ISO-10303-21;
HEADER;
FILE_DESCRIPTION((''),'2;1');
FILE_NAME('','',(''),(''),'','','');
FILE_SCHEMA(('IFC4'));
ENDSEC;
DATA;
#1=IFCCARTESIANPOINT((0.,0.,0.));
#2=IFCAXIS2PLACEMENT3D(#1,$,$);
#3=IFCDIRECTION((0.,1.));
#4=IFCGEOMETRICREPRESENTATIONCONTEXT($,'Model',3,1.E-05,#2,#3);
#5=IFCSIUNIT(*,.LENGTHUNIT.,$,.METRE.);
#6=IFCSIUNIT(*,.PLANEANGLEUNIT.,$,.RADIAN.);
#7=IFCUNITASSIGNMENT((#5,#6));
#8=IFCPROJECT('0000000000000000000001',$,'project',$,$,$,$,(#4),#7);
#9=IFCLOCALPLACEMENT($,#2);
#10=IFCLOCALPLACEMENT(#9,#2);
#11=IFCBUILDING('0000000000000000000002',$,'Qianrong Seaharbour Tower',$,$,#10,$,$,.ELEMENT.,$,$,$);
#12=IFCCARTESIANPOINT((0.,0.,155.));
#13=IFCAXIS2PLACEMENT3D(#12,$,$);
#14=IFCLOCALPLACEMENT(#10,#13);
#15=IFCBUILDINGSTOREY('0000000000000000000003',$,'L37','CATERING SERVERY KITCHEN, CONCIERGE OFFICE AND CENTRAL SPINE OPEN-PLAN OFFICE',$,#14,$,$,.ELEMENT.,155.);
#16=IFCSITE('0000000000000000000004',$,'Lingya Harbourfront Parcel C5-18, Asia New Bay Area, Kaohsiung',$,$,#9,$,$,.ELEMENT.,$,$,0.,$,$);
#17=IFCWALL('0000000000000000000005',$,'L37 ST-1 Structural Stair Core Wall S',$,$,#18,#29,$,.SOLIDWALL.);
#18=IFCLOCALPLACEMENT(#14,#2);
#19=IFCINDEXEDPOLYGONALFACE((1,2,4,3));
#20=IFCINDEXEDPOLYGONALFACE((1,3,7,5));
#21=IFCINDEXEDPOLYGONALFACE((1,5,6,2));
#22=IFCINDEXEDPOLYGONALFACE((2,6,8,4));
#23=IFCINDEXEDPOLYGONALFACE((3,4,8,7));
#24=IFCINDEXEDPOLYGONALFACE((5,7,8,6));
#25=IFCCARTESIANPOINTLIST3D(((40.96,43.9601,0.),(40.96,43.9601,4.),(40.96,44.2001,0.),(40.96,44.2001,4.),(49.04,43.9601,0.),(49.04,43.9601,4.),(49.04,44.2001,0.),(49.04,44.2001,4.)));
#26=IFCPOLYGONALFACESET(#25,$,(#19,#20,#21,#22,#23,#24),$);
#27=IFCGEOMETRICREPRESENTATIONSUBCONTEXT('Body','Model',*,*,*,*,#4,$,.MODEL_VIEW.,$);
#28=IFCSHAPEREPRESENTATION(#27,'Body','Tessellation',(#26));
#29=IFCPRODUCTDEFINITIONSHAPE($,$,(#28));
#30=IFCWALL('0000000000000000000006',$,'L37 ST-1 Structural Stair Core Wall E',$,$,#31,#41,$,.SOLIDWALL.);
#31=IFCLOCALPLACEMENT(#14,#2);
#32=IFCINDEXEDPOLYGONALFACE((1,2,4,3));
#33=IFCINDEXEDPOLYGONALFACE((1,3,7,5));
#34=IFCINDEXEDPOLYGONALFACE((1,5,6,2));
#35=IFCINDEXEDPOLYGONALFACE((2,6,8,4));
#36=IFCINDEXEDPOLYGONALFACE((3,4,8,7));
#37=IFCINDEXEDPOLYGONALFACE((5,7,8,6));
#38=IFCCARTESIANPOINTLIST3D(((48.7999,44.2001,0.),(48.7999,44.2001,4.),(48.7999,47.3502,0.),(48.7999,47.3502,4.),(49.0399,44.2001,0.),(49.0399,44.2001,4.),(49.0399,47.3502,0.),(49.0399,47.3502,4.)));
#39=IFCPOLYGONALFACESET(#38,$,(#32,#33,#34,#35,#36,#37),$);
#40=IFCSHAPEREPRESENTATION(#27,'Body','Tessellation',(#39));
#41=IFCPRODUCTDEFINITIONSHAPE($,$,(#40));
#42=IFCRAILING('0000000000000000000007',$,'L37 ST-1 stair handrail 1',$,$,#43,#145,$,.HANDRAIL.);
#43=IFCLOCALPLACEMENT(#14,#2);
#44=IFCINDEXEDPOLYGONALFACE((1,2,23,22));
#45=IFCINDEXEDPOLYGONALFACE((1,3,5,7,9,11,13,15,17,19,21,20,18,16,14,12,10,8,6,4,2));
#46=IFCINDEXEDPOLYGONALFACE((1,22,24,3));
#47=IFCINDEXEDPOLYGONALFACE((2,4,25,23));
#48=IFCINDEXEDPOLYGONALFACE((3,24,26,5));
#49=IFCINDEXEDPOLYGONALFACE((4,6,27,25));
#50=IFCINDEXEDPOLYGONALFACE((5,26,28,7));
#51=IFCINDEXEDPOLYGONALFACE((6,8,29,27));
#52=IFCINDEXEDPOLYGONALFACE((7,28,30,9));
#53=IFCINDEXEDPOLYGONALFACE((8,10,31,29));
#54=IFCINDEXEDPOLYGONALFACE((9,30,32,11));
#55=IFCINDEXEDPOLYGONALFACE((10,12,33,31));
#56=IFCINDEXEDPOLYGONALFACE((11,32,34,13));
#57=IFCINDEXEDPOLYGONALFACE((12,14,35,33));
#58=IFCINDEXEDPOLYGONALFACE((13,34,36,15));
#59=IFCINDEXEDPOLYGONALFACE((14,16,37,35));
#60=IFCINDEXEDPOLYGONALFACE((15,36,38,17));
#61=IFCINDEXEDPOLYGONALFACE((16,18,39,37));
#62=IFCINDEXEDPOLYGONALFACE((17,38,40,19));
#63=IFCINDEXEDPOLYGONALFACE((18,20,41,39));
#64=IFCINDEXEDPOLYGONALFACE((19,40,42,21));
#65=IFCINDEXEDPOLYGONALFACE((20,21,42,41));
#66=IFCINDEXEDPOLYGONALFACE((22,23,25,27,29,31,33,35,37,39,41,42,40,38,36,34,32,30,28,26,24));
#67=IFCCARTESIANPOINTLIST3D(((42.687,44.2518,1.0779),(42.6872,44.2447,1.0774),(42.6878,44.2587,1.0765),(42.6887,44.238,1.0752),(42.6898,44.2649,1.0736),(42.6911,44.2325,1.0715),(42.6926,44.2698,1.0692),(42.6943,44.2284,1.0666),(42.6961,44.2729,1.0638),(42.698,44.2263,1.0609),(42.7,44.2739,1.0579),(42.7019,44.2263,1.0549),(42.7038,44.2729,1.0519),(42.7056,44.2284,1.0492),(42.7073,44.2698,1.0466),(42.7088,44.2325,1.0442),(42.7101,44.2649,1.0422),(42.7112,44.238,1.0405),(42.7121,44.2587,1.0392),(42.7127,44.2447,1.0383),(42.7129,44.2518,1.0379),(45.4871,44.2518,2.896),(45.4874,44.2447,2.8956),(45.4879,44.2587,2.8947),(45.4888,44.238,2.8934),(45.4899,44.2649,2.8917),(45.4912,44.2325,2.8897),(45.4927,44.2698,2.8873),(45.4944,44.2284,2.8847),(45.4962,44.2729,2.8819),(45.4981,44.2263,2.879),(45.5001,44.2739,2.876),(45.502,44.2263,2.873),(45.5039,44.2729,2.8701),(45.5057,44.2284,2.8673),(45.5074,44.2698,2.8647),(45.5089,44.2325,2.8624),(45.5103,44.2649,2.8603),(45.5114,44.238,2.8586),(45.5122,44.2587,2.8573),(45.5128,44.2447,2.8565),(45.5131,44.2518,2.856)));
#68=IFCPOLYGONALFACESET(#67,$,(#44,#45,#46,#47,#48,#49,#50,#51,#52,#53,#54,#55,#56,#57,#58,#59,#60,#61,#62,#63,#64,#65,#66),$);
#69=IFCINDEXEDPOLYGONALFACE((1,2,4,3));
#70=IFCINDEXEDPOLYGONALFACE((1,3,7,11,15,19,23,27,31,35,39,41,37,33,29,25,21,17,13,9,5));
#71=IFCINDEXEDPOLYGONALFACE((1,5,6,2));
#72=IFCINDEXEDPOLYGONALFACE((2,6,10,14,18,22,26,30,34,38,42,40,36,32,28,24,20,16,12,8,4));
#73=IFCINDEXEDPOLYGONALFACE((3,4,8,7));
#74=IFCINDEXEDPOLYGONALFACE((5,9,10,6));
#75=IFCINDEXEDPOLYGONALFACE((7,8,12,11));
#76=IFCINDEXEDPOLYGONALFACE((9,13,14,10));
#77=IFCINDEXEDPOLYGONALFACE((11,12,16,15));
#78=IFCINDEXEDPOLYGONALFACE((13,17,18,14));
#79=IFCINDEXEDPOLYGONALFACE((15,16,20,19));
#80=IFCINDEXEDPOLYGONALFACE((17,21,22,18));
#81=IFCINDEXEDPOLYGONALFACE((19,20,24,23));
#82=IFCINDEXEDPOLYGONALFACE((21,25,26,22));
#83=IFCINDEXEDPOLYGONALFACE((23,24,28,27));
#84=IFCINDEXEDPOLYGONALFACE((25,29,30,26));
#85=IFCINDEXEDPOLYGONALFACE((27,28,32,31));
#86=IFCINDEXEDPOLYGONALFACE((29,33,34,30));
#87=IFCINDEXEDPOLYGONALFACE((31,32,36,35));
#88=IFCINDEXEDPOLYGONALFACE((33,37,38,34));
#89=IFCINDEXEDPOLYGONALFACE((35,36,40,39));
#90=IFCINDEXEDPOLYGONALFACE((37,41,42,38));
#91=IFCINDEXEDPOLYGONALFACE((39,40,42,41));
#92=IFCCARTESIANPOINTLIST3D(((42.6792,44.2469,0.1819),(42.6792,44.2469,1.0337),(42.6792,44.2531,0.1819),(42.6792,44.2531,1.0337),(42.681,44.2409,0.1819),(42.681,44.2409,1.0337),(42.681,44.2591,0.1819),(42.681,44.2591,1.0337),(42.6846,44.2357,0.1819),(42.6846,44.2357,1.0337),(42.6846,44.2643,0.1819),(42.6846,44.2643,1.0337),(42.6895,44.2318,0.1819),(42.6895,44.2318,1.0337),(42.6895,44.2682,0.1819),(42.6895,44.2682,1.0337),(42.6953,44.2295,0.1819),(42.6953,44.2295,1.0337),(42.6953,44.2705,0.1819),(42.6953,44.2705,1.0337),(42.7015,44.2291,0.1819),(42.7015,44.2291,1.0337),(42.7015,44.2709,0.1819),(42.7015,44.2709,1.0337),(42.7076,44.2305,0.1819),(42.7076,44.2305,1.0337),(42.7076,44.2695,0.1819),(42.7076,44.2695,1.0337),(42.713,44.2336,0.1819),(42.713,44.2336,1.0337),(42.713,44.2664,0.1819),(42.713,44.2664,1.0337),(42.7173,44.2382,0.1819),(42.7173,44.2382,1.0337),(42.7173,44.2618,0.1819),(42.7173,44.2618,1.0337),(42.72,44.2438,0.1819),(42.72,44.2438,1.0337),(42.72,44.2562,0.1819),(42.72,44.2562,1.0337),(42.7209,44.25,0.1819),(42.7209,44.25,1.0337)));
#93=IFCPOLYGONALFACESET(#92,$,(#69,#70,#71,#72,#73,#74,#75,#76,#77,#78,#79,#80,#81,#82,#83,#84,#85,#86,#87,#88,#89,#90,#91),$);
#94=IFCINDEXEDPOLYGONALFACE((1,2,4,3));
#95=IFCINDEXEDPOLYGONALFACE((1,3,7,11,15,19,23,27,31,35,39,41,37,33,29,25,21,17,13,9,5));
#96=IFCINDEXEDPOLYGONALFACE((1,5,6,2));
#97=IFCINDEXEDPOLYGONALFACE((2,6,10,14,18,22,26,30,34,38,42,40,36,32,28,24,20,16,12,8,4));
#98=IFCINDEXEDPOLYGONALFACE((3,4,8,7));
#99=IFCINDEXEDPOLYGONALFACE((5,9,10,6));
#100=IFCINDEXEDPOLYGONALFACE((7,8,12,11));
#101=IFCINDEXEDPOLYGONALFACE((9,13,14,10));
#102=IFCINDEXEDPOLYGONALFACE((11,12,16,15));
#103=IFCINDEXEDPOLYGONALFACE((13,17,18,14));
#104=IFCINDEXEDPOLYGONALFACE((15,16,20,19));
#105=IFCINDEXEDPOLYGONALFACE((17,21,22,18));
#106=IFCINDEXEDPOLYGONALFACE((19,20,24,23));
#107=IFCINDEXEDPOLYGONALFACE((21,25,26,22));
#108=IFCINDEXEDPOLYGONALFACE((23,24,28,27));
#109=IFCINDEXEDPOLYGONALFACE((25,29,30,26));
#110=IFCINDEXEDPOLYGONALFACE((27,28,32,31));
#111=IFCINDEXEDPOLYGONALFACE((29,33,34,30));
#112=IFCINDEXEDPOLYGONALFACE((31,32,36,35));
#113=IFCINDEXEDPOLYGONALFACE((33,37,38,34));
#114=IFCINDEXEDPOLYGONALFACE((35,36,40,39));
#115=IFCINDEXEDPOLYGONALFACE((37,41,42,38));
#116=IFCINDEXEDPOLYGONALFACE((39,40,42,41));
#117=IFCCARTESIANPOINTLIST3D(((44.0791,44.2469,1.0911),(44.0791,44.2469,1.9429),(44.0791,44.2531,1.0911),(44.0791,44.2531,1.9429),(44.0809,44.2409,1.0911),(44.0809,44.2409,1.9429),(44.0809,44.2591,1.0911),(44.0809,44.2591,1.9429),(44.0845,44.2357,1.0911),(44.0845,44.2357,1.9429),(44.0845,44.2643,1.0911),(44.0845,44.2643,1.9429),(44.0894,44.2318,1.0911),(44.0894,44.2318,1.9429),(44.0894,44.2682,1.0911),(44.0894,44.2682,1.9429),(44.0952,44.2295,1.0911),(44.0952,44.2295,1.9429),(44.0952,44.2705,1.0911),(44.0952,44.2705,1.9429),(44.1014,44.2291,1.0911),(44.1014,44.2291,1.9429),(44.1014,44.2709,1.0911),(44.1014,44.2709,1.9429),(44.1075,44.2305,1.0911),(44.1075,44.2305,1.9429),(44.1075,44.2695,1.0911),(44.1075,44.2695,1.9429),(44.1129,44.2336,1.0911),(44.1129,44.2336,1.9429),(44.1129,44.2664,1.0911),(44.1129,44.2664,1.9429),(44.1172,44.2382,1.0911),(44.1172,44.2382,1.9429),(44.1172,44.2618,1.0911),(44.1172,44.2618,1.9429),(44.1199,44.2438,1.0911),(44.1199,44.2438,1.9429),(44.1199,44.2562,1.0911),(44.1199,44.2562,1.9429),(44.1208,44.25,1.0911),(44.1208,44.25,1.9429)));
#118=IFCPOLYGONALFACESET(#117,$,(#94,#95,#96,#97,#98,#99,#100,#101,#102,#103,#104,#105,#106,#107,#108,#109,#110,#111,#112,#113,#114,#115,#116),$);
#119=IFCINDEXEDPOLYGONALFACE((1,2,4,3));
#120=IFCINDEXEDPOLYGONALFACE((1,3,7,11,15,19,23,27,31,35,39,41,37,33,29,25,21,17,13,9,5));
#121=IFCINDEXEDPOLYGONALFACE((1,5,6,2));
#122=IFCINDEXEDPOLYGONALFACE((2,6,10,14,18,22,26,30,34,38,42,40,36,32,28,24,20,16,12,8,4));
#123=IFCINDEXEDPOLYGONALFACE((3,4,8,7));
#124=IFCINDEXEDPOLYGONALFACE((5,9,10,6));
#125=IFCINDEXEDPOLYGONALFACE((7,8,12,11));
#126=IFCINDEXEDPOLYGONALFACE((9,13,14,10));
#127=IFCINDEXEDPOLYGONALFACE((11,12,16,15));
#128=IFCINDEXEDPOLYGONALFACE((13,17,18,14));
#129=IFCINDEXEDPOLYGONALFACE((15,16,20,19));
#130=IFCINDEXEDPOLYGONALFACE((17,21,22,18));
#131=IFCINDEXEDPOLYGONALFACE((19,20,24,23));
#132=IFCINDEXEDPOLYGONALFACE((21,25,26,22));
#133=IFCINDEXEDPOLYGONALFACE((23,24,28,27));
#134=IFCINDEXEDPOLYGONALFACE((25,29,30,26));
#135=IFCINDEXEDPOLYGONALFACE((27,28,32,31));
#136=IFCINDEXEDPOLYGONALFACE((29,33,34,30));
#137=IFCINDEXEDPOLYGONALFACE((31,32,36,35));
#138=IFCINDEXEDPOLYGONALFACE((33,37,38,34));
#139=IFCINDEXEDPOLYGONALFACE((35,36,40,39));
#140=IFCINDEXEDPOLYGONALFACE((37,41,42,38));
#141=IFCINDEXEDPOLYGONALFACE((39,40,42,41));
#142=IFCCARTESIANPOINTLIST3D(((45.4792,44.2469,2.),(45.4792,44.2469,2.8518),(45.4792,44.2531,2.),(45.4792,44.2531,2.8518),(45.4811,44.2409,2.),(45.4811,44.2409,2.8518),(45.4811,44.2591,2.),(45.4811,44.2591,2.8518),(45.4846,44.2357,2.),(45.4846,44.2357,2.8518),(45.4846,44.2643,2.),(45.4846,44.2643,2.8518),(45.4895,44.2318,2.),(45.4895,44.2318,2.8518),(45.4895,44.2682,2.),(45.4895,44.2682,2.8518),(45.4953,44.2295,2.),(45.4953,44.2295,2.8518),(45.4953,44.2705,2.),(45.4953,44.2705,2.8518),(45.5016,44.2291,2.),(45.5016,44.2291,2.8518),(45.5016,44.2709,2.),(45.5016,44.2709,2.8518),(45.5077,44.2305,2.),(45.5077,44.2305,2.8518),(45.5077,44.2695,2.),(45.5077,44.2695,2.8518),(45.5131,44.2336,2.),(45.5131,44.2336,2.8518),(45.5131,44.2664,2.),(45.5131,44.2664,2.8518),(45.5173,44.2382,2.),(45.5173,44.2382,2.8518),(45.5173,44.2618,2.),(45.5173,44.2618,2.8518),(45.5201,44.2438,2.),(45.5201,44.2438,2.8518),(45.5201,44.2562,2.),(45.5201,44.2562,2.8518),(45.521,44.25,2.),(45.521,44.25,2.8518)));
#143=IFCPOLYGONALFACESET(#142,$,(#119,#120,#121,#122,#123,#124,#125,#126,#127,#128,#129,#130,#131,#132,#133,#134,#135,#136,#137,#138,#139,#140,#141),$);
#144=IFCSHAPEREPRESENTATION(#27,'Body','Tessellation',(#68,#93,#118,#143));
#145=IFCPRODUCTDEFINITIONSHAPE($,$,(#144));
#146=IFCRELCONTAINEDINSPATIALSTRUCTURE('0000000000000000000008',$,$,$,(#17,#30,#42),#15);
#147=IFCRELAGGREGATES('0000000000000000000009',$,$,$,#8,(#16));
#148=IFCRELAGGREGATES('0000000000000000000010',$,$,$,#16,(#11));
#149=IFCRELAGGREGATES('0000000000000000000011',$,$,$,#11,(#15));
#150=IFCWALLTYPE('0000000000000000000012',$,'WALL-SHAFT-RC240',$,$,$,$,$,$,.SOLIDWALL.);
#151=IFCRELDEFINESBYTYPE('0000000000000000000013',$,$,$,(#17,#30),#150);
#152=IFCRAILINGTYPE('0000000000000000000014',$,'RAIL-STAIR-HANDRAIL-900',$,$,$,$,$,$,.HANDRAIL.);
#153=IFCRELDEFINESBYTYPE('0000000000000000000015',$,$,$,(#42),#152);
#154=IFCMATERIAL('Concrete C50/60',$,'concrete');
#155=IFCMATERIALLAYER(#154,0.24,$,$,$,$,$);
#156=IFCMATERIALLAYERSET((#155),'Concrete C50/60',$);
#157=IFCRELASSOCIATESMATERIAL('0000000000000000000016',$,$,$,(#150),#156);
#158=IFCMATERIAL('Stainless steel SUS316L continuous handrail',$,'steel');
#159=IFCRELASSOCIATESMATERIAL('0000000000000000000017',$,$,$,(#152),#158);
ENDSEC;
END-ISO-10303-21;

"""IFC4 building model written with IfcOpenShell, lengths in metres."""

from ifc_helpers import new_model, si_unit, direction, frame, frame_2d, origin, origin_2d, place, context, subcontext, project, spatial, rectangle, circle, extrude, material, layer, layer_set, type_object, element, save


model = new_model("IFC4")

# Units and contexts
model_context = context("Model", 3, precision=1e-05, world=origin(), true_north=direction((0.0, 1.0)))
body_context = subcontext(model_context, "Body", "Model", "MODEL_VIEW")
ifc_project = project(units=[si_unit("LENGTHUNIT", "METRE"), si_unit("PLANEANGLEUNIT", "RADIAN")], contexts=[model_context])

# Site, building, storey
site_placement = place(None, origin())
site = spatial("IfcSite", under=ifc_project, at=site_placement, Name="Lingya Harbourfront Parcel C5-18, Asia New Bay Area, Kaohsiung", CompositionType="ELEMENT", RefElevation=0.0)
building_placement = place(site_placement, origin())
building = spatial("IfcBuilding", under=site, at=building_placement, Name="Qianrong Seaharbour Tower", CompositionType="ELEMENT")
storey_placement = place(building_placement, frame((0.0, 0.0, 155.0)))
storey = spatial("IfcBuildingStorey", under=building, at=storey_placement, Name="L37", Description="CATERING SERVERY KITCHEN, CONCIERGE OFFICE AND CENTRAL SPINE OPEN-PLAN OFFICE", CompositionType="ELEMENT", Elevation=155.0)

# Walls
ifc_material_1 = material(Name="Concrete C50/60", Category="concrete")
ifc_layer_1 = layer(ifc_material_1, 0.24)
ifc_layer_set_1 = layer_set([ifc_layer_1], Name="Concrete C50/60")
wall_type_1 = type_object("IfcWallType", Name="WALL-SHAFT-RC240", PredefinedType="SOLIDWALL", material=ifc_layer_set_1)
wall_1_placement = place(storey_placement, frame((49.04, 44.0801, 0.0), z_axis=(0.0, 0.0, 1.0), x_axis=(-1.0, 0.0, 0.0)))
element("IfcWall", 1, at=wall_1_placement, inside=storey, type_object=wall_type_1, Name="L37 ST-1 Structural Stair Core Wall S", PredefinedType="SOLIDWALL", context=body_context, shape_type="SweptSolid", body=[
    extrude(rectangle(XDim=8.0801, YDim=0.24, at=frame_2d((4.04, 0.0))), origin(), (0.0, 0.0, 1.0), 4.0),
])
wall_2_placement = place(storey_placement, frame((48.9199, 44.2, 0.0), z_axis=(0.0, 0.0, 1.0), x_axis=(0.0, 1.0, 0.0)))
element("IfcWall", 2, at=wall_2_placement, inside=storey, type_object=wall_type_1, Name="L37 ST-1 Structural Stair Core Wall E", PredefinedType="SOLIDWALL", context=body_context, shape_type="SweptSolid", body=[
    extrude(rectangle(XDim=3.1501, YDim=0.24, at=frame_2d((1.5752, 0.0))), origin(), (0.0, 0.0, 1.0), 4.0),
])

# Railing
ifc_material_2 = material(Name="Stainless steel SUS316L continuous handrail", Category="steel")
railing_type = type_object("IfcRailingType", Name="RAIL-STAIR-HANDRAIL-900", PredefinedType="HANDRAIL", material=ifc_material_2)
railing_placement = place(storey_placement, frame((42.7, 44.25, 0.1819)))
element("IfcRailing", 3, at=railing_placement, inside=storey, type_object=railing_type, Name="L37 ST-1 stair handrail 1", PredefinedType="HANDRAIL", context=body_context, shape_type="SweptSolid", body=[
    extrude(circle(Radius=0.0239, at=origin_2d()), frame((0.0, 0.0, 0.876), z_axis=(0.838706, 0.0, 0.544585), x_axis=(0.0, 1.0, 0.0)), (0.0, 0.0, 1.0), 3.3386),
    extrude(circle(Radius=0.021, at=origin_2d()), origin(), (0.0, 0.0, 1.0), 0.8518),
    extrude(circle(Radius=0.021, at=origin_2d()), frame((1.3999, 0.0, 0.9092)), (0.0, 0.0, 1.0), 0.8518),
    extrude(circle(Radius=0.021, at=origin_2d()), frame((2.8, 0.0, 1.8181)), (0.0, 0.0, 1.0), 0.8518),
])

save(model, "model.ifc")
